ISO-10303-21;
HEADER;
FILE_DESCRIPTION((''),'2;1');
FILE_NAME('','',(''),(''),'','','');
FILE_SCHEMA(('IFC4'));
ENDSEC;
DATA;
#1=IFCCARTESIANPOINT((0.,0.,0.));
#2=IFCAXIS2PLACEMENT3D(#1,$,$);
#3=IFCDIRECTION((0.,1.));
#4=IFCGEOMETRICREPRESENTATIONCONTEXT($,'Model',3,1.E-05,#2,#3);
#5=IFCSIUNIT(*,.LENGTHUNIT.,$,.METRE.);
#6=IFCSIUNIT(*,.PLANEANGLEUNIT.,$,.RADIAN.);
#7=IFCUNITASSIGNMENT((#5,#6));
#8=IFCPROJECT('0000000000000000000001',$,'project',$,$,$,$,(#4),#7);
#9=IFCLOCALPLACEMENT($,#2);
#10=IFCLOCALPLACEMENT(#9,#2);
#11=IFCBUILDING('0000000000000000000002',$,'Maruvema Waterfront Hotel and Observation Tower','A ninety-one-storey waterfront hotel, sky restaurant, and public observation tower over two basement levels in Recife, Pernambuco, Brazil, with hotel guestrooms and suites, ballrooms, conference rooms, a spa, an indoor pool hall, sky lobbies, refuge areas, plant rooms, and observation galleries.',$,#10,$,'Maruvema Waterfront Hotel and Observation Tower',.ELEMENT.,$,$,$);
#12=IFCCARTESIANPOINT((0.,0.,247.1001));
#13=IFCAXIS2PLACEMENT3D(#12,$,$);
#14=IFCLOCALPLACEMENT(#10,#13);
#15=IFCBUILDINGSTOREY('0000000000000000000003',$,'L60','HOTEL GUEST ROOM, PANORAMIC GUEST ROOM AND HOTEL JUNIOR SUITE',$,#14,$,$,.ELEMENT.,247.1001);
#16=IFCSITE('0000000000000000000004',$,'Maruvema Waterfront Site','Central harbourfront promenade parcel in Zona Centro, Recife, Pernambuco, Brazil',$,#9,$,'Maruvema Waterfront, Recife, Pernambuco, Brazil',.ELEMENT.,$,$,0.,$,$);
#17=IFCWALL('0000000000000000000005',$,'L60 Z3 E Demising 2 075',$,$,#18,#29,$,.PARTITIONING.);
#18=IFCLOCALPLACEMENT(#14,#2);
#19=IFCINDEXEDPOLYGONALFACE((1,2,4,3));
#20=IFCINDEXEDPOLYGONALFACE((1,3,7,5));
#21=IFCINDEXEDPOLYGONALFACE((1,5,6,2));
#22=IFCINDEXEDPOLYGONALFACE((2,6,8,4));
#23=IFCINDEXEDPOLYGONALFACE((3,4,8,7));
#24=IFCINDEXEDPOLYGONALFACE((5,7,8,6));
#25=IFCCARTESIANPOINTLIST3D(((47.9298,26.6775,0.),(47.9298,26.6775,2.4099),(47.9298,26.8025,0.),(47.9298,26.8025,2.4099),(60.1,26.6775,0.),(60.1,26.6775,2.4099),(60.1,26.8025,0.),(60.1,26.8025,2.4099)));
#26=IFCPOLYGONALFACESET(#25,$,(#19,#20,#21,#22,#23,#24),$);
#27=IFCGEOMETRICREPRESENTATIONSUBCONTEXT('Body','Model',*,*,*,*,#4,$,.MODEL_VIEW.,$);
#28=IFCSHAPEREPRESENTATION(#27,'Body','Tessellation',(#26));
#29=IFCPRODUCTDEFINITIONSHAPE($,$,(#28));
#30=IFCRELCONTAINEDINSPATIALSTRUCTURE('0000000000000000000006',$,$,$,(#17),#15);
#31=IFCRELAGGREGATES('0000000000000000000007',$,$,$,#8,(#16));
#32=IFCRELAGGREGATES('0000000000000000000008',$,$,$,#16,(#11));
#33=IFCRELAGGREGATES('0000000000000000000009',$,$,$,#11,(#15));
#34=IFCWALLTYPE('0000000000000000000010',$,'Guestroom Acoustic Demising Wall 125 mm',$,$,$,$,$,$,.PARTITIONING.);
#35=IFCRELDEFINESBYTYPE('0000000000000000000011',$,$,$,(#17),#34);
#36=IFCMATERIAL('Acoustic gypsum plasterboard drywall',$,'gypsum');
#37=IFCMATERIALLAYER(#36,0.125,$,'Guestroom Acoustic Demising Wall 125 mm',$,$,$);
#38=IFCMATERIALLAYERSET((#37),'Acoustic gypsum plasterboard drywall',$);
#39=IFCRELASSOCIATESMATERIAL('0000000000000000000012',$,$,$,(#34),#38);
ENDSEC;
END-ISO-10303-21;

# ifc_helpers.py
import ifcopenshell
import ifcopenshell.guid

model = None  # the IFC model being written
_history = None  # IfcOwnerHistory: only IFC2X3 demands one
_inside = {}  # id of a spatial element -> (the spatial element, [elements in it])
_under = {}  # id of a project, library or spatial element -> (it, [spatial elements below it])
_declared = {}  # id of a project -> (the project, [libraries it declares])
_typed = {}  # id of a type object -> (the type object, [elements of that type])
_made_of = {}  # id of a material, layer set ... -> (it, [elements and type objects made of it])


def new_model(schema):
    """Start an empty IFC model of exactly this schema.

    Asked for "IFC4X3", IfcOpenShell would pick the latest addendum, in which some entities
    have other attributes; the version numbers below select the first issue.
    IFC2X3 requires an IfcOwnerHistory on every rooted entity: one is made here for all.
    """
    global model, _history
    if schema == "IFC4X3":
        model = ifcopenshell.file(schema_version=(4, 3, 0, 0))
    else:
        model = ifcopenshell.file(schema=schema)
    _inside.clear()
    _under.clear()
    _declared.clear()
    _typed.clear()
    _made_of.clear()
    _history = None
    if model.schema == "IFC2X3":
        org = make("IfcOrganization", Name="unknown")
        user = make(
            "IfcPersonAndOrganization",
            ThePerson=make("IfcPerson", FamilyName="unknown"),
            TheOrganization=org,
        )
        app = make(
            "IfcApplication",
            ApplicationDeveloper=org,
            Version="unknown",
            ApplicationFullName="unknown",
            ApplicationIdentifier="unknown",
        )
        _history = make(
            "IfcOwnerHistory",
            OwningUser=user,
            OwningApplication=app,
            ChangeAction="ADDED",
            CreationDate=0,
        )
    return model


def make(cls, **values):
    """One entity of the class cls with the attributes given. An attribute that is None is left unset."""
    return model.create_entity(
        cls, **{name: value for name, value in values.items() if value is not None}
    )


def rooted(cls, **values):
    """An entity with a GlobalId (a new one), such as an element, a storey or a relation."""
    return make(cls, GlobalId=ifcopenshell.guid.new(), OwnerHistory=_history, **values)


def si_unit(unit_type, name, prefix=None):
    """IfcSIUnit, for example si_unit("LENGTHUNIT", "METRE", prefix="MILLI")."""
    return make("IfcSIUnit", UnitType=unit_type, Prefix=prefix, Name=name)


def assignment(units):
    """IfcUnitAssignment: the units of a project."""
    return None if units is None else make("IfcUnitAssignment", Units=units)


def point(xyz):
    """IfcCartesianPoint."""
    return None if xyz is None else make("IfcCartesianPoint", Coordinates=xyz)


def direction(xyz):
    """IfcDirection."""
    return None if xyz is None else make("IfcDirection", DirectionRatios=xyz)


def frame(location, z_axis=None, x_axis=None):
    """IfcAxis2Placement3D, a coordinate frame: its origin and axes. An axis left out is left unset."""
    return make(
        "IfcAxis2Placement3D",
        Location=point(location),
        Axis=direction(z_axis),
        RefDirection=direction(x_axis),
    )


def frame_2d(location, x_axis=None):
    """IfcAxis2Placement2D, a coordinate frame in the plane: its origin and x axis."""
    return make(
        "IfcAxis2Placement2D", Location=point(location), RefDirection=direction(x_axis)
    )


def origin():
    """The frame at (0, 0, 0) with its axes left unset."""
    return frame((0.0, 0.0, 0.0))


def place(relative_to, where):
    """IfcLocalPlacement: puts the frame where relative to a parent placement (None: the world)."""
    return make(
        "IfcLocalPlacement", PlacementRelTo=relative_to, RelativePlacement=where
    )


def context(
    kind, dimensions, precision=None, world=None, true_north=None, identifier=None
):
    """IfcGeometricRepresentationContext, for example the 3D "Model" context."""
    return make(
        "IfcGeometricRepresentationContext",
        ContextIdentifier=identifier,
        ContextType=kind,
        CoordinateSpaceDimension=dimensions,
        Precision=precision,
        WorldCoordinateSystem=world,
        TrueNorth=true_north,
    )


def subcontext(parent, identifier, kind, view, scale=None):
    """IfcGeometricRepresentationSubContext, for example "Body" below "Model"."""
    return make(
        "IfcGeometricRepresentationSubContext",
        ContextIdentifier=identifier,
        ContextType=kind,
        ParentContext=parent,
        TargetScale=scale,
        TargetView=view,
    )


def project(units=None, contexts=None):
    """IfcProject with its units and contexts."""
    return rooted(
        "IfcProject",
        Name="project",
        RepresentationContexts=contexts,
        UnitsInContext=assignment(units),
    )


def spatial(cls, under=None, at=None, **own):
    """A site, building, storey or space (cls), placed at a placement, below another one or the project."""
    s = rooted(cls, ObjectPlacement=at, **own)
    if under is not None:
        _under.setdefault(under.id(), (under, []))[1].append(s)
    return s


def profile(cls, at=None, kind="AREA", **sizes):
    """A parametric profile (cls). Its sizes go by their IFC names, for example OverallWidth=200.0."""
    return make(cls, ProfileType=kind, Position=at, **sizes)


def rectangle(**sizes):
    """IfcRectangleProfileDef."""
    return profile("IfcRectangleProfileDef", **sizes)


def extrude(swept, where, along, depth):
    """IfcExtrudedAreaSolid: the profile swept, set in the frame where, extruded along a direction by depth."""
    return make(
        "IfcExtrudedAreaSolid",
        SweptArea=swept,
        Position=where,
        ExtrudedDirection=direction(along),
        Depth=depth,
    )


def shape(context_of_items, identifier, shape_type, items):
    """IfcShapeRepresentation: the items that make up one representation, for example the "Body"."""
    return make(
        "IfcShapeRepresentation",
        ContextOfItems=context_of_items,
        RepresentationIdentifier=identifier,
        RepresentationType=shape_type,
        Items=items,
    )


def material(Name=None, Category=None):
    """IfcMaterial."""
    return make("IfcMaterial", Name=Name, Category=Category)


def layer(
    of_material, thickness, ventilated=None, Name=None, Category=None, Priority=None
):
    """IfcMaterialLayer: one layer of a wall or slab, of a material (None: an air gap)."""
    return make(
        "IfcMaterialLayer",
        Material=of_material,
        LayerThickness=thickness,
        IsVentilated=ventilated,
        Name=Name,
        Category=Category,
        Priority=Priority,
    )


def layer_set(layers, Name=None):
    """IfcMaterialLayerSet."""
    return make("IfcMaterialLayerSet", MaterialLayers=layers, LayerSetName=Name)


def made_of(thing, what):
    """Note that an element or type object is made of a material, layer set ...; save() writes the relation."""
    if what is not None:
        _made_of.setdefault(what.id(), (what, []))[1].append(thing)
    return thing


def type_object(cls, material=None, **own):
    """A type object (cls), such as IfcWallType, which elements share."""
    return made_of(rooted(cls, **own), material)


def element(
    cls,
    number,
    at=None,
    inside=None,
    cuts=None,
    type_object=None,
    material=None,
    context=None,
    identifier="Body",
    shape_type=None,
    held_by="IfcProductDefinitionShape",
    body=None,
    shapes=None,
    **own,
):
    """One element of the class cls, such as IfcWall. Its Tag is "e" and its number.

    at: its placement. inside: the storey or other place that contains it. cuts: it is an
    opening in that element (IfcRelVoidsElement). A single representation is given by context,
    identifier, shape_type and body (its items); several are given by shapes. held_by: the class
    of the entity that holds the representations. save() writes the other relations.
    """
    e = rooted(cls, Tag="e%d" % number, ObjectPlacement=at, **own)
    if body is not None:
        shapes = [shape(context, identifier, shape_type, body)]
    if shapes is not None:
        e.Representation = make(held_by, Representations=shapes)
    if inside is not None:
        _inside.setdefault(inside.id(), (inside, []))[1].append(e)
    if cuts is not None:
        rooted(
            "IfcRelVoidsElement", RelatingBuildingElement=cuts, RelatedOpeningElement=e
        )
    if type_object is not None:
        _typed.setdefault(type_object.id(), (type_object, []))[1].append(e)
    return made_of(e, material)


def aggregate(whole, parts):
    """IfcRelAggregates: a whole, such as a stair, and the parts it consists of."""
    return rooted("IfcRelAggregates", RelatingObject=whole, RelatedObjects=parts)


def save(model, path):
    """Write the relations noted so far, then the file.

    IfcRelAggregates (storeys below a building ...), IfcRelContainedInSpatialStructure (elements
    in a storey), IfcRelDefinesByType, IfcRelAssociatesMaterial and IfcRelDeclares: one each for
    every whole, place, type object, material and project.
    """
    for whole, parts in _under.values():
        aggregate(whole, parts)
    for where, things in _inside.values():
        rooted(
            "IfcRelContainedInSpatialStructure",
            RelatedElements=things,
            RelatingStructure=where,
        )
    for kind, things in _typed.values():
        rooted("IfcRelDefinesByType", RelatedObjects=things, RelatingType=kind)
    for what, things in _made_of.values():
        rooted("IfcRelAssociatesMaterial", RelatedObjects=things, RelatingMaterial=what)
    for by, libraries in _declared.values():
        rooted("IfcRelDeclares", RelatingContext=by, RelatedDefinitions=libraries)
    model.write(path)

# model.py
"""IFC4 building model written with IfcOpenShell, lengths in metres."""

from ifc_helpers import new_model, si_unit, direction, frame, frame_2d, origin, place, context, subcontext, project, spatial, rectangle, extrude, material, layer, layer_set, type_object, element, save


model = new_model("IFC4")

# Units and contexts
model_context = context("Model", 3, precision=1e-05, world=origin(), true_north=direction((0.0, 1.0)))
body_context = subcontext(model_context, "Body", "Model", "MODEL_VIEW")
ifc_project = project(units=[si_unit("LENGTHUNIT", "METRE"), si_unit("PLANEANGLEUNIT", "RADIAN")], contexts=[model_context])

# Site, building, storey
site_placement = place(None, origin())
site = spatial("IfcSite", under=ifc_project, at=site_placement, Name="Maruvema Waterfront Site", Description="Central harbourfront promenade parcel in Zona Centro, Recife, Pernambuco, Brazil", LongName="Maruvema Waterfront, Recife, Pernambuco, Brazil", CompositionType="ELEMENT", RefElevation=0.0)
building_placement = place(site_placement, origin())
building = spatial("IfcBuilding", under=site, at=building_placement, Name="Maruvema Waterfront Hotel and Observation Tower", Description="A ninety-one-storey waterfront hotel, sky restaurant, and public observation tower over two basement levels in Recife, Pernambuco, Brazil, with hotel guestrooms and suites, ballrooms, conference rooms, a spa, an indoor pool hall, sky lobbies, refuge areas, plant rooms, and observation galleries.", LongName="Maruvema Waterfront Hotel and Observation Tower", CompositionType="ELEMENT")
storey_placement = place(building_placement, frame((0.0, 0.0, 247.1001)))
storey = spatial("IfcBuildingStorey", under=building, at=storey_placement, Name="L60", Description="HOTEL GUEST ROOM, PANORAMIC GUEST ROOM AND HOTEL JUNIOR SUITE", CompositionType="ELEMENT", Elevation=247.1001)

# Wall
ifc_material_1 = material(Name="Acoustic gypsum plasterboard drywall", Category="gypsum")
ifc_layer_1 = layer(ifc_material_1, 0.125, Name="Guestroom Acoustic Demising Wall 125 mm")
ifc_layer_set_1 = layer_set([ifc_layer_1], Name="Acoustic gypsum plasterboard drywall")
wall_type_1 = type_object("IfcWallType", Name="Guestroom Acoustic Demising Wall 125 mm", PredefinedType="PARTITIONING", material=ifc_layer_set_1)
wall_1_placement = place(storey_placement, frame((47.9299, 26.74, 0.0), z_axis=(0.0, 0.0, 1.0), x_axis=(1.0, 0.0, 0.0)))
element("IfcWall", 1, at=wall_1_placement, inside=storey, type_object=wall_type_1, Name="L60 Z3 E Demising 2 075", PredefinedType="PARTITIONING", context=body_context, shape_type="SweptSolid", body=[
    extrude(rectangle(XDim=12.1702, YDim=0.125, at=frame_2d((6.085, 0.0))), origin(), (0.0, 0.0, 1.0), 2.4099),
])

save(model, "model.ifc")
